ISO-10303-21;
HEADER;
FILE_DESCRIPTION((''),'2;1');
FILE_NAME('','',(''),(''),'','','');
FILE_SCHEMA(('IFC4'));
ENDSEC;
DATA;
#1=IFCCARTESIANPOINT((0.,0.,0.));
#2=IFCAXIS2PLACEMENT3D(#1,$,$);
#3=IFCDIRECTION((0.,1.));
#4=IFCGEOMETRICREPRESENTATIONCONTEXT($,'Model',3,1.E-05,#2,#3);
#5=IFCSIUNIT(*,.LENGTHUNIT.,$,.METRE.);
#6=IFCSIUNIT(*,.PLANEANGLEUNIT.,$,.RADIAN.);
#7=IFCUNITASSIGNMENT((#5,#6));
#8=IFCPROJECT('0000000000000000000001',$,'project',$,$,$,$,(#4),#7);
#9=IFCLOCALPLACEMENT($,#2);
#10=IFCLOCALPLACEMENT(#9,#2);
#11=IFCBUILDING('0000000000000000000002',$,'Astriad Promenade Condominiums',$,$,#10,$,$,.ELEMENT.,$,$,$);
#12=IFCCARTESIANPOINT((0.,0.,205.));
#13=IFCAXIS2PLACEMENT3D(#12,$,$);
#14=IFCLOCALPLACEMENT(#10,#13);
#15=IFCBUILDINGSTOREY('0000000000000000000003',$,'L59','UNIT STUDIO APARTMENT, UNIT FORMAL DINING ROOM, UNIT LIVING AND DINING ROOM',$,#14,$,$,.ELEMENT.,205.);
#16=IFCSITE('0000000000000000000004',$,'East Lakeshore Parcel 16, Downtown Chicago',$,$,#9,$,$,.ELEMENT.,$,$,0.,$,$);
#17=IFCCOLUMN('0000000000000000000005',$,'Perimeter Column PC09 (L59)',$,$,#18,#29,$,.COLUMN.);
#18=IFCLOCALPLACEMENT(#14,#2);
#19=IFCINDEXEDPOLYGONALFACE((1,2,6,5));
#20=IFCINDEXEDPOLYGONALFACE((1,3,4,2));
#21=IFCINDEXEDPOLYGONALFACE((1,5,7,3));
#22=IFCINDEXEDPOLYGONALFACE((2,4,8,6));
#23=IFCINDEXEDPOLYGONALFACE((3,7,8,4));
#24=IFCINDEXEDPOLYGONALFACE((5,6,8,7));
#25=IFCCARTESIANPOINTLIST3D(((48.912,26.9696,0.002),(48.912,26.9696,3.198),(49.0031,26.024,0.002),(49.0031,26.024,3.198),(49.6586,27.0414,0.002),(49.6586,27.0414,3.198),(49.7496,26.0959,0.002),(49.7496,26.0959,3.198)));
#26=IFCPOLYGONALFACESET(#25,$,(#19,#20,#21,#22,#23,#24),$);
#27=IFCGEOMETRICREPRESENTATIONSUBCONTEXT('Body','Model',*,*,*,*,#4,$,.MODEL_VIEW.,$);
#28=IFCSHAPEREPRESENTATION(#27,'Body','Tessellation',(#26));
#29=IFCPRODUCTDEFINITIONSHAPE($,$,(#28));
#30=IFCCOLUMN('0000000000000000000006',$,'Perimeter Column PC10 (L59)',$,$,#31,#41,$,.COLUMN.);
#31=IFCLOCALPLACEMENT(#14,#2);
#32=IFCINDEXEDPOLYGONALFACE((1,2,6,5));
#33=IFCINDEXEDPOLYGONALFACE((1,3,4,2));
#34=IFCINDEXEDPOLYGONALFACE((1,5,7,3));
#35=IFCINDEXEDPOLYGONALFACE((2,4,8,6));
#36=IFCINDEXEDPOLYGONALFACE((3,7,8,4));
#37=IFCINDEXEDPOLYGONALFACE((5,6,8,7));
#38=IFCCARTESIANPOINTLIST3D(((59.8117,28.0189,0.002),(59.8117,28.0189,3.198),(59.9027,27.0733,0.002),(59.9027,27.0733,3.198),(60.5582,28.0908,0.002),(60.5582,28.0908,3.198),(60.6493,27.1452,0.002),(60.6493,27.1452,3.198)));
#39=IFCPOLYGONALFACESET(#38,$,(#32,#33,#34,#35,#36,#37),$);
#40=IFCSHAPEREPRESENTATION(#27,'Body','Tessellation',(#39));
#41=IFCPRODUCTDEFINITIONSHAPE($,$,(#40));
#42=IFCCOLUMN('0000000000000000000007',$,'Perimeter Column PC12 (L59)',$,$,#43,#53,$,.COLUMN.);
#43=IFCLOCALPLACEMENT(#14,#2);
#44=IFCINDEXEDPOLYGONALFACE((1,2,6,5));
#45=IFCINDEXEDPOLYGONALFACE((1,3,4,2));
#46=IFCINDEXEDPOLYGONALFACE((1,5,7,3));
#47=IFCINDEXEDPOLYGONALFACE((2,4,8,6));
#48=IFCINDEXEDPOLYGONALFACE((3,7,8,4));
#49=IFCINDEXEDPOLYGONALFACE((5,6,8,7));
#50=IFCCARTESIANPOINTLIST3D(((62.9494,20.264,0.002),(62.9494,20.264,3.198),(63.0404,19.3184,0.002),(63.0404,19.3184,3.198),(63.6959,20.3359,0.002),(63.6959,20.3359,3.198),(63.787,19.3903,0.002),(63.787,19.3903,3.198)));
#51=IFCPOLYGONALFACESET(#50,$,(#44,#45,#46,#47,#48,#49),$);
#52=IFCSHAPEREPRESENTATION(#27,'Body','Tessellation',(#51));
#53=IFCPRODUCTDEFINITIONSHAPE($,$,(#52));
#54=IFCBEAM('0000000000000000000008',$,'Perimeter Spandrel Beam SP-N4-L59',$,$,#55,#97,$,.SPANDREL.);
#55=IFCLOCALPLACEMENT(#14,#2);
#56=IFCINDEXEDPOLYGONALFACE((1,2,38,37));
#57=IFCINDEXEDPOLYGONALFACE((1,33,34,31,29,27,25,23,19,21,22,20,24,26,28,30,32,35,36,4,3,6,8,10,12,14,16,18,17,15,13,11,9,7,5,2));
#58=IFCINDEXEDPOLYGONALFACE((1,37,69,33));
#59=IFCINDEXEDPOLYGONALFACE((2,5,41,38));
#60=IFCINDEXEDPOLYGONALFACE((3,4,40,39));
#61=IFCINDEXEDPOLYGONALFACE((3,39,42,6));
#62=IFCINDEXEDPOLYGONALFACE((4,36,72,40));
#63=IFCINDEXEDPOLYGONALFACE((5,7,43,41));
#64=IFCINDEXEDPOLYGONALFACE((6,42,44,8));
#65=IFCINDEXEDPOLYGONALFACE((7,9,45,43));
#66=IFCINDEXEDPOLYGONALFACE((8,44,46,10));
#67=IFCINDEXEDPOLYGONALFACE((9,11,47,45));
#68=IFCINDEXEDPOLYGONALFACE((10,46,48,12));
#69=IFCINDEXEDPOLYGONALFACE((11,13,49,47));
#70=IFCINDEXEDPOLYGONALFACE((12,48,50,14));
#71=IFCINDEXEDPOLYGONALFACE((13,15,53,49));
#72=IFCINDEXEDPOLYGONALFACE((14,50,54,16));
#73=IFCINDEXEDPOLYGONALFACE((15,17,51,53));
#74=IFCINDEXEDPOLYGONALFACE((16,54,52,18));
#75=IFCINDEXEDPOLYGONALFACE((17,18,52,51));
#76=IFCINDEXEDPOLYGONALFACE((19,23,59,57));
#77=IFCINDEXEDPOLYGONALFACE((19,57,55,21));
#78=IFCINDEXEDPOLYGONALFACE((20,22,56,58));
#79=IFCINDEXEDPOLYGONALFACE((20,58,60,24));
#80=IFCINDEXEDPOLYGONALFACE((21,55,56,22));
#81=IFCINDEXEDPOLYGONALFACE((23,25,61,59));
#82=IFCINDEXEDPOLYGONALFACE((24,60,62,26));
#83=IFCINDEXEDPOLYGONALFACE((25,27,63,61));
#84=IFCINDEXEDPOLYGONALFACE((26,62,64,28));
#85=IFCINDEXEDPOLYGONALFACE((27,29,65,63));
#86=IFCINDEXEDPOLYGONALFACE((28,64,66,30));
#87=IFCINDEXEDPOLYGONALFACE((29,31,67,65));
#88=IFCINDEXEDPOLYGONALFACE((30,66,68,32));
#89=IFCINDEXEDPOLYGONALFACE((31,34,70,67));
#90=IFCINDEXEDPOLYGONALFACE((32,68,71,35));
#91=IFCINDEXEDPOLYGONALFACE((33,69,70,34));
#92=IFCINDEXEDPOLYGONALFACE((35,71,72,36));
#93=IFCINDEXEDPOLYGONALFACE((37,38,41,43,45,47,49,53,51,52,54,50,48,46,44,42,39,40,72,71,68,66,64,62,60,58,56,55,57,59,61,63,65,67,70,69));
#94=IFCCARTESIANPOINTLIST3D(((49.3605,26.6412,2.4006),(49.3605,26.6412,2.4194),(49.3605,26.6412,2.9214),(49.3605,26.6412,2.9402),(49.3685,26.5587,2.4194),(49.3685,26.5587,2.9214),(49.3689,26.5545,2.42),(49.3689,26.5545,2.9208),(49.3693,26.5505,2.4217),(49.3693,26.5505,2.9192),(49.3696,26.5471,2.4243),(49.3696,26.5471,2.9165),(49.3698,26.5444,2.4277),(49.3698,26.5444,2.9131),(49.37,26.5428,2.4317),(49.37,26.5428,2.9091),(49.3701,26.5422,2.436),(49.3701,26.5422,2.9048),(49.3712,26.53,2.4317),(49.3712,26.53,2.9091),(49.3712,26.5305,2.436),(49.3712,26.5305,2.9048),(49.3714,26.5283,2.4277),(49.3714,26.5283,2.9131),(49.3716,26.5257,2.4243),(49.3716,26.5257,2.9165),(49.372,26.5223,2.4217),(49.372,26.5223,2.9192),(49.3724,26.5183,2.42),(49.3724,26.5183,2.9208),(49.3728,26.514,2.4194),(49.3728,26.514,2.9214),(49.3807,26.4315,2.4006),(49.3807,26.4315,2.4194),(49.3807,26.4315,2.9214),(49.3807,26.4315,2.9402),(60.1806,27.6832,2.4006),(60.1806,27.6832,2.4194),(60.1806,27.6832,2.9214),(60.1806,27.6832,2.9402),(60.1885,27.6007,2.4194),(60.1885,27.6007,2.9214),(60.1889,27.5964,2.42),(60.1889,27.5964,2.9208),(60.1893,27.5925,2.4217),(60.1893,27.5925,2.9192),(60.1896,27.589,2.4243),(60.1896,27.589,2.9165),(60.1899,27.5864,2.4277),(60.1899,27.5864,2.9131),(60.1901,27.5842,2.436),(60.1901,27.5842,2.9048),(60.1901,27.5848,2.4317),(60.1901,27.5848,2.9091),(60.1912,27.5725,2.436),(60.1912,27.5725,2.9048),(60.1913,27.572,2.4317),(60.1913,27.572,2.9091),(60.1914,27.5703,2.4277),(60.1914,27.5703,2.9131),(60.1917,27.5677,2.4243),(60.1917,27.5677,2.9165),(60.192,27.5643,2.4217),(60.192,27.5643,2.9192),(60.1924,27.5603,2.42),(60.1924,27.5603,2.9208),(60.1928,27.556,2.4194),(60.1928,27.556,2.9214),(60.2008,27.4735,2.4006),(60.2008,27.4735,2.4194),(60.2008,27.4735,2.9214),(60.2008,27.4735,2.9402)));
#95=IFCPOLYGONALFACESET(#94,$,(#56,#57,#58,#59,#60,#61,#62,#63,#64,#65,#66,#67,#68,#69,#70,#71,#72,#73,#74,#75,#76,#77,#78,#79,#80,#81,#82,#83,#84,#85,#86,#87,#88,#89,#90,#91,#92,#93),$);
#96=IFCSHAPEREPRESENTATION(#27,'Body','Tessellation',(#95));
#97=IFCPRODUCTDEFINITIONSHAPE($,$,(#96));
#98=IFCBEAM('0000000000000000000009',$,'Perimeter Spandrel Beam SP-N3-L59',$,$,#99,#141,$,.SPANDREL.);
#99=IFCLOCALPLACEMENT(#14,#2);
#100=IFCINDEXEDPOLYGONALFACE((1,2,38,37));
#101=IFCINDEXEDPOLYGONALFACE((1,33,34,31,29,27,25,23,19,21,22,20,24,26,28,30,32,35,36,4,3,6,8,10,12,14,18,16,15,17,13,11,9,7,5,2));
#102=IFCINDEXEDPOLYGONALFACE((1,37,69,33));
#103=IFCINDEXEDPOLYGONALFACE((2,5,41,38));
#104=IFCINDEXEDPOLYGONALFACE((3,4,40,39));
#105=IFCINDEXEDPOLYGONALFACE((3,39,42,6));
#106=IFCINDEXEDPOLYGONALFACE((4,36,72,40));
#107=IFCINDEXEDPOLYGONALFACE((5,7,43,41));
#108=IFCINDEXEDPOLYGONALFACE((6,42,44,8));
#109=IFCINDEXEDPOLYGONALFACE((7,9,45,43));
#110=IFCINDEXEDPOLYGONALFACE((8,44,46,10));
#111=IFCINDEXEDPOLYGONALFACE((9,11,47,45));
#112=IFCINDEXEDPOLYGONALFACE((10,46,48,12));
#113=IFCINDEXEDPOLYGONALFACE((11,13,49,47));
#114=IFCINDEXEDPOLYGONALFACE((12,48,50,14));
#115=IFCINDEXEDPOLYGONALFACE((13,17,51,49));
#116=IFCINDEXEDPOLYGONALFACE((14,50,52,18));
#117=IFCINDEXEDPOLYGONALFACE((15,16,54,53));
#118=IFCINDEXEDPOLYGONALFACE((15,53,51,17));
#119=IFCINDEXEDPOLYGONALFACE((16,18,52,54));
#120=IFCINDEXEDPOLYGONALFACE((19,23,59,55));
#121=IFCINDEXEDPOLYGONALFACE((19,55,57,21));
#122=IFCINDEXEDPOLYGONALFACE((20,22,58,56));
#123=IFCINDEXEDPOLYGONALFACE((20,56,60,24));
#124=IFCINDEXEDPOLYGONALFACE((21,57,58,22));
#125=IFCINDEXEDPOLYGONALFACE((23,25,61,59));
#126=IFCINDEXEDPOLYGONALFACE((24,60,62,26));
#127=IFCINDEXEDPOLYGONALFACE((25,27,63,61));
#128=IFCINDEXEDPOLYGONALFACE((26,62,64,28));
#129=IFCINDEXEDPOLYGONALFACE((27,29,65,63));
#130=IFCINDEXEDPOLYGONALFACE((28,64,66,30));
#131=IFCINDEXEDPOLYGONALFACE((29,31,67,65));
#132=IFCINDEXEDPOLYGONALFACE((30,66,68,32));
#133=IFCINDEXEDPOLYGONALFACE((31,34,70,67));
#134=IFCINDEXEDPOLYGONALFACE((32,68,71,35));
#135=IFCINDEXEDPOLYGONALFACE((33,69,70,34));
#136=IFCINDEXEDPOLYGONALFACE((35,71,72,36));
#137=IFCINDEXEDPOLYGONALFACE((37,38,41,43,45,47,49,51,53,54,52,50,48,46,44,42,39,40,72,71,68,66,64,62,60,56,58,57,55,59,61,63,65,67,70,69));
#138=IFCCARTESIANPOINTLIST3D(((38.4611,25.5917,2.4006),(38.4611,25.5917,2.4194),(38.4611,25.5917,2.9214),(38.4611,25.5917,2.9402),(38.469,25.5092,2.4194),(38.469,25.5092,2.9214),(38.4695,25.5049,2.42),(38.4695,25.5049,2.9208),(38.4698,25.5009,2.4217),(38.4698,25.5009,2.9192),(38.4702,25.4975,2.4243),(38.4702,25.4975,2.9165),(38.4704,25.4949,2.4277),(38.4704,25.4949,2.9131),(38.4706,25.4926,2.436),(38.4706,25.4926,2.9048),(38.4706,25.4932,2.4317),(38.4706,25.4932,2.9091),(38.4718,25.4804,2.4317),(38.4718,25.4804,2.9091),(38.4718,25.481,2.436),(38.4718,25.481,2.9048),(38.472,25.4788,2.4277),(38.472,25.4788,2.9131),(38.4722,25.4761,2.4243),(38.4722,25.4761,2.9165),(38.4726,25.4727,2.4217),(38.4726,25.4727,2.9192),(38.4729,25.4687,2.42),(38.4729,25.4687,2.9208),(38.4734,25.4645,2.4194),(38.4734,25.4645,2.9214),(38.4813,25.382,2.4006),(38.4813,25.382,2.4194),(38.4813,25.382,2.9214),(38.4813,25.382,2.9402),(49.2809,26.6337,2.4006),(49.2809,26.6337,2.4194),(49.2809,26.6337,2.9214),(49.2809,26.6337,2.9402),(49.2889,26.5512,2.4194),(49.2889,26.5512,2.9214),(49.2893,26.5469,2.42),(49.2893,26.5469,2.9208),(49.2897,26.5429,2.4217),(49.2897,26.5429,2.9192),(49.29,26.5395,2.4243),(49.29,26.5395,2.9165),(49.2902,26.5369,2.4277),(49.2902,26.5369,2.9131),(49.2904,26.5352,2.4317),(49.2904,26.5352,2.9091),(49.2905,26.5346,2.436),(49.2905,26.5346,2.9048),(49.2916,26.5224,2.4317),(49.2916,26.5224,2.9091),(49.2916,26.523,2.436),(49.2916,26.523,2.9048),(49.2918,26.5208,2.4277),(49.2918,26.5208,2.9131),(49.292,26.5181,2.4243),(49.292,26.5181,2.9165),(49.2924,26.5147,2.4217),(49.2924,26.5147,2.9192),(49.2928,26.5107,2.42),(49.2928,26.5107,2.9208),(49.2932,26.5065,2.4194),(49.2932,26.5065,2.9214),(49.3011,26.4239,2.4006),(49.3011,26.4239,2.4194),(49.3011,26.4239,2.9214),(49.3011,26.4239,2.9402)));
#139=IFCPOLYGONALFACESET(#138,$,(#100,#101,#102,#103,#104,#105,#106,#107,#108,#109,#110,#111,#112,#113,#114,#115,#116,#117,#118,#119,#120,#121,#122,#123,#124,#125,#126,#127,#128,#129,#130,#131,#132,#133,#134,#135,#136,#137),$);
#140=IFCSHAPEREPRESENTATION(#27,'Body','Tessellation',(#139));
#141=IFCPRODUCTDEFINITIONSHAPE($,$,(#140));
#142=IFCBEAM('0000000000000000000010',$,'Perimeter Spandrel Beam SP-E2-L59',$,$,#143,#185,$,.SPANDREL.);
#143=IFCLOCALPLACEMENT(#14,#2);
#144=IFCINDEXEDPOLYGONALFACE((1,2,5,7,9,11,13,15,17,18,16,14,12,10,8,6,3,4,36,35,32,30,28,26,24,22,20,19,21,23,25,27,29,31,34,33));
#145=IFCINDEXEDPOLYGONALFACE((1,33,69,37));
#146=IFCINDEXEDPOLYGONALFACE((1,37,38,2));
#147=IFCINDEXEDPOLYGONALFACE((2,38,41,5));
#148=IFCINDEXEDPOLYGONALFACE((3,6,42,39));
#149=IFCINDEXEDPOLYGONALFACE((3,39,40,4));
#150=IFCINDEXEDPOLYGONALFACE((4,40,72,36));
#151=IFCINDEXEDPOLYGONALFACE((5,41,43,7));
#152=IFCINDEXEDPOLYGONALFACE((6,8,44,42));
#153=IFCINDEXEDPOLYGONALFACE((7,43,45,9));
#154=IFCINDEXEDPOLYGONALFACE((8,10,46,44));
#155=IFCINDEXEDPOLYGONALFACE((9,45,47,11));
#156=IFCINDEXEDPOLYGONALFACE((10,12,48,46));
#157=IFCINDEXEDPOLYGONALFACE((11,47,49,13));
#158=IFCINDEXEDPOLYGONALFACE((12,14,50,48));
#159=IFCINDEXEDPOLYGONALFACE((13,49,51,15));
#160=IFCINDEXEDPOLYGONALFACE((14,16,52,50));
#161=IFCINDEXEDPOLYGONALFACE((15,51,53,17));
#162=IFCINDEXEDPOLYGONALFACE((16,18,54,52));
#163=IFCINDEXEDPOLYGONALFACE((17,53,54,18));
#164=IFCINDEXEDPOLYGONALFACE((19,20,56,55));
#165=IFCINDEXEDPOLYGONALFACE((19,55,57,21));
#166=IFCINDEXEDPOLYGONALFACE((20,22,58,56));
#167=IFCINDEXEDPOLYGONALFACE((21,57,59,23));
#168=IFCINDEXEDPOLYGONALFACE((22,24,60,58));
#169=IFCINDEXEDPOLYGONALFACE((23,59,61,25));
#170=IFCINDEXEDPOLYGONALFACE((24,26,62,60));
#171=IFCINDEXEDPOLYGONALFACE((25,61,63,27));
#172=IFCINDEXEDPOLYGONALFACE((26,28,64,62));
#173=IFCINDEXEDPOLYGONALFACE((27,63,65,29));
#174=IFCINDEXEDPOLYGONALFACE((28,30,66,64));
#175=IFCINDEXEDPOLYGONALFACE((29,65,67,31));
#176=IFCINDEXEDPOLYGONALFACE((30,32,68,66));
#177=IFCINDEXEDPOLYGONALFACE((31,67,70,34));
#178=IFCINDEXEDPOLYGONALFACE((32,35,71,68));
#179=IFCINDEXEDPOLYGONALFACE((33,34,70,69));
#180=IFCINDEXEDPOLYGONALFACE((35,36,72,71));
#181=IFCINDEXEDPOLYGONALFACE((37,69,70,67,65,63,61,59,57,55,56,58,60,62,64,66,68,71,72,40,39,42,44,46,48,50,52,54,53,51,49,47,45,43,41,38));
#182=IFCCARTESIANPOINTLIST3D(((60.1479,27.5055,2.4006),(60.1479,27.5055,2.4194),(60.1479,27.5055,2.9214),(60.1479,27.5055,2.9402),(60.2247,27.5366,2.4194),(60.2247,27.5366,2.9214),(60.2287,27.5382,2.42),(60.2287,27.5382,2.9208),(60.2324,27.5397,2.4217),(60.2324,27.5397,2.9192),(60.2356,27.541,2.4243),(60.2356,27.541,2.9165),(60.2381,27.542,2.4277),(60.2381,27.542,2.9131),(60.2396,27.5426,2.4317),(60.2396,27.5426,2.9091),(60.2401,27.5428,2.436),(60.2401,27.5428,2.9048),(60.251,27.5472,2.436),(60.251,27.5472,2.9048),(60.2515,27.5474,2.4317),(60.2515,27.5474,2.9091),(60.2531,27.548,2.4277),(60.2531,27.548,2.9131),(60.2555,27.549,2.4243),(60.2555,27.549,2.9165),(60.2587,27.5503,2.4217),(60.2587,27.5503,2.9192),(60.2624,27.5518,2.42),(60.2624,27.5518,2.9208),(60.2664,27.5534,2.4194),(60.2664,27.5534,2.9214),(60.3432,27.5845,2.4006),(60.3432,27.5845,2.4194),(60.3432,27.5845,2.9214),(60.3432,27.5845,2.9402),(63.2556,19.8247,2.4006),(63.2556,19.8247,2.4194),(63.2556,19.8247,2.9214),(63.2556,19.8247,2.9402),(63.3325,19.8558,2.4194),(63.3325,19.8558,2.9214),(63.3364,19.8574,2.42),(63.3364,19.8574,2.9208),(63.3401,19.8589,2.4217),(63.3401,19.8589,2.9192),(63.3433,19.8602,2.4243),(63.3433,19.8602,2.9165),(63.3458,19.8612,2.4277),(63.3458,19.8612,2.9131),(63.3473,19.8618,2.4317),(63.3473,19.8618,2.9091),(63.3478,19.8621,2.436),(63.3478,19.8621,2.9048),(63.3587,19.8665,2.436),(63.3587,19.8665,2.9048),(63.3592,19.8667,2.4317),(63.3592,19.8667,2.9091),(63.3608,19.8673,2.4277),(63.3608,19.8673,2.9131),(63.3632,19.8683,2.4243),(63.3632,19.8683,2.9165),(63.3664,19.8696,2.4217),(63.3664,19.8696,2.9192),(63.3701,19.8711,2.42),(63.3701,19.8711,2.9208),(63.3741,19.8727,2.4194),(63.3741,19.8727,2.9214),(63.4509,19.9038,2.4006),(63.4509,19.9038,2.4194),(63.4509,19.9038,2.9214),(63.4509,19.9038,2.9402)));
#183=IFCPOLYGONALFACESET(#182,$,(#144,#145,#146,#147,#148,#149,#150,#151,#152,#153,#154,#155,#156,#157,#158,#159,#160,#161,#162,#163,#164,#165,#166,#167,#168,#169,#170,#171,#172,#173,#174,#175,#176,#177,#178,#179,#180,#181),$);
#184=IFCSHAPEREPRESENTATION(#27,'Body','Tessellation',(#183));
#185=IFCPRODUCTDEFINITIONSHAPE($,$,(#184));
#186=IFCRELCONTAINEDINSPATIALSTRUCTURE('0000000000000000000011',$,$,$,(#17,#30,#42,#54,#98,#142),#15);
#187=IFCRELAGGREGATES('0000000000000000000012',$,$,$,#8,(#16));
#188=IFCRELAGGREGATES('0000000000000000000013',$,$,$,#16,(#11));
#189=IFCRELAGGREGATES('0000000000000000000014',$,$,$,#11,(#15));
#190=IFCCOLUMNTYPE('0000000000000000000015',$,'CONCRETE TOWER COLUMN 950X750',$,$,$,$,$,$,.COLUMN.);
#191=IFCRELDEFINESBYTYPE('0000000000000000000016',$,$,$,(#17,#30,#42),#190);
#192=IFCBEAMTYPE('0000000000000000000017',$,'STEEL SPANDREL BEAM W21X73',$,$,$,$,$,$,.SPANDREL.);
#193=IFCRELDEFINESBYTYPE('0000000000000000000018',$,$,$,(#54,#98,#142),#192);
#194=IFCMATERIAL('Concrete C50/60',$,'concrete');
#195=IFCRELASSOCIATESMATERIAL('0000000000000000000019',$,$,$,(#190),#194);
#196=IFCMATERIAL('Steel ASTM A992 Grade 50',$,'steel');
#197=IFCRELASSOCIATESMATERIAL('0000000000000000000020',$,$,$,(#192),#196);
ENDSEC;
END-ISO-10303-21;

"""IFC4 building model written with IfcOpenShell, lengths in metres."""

from ifc_helpers import new_model, si_unit, direction, frame, origin, origin_2d, place, context, subcontext, project, spatial, rectangle, i_section, extrude, source, transform, mapped, material, material_profile, profile_set, type_object, type_shapes, element, save


model = new_model("IFC4")

# Units and contexts
model_context = context("Model", 3, precision=1e-05, world=origin(), true_north=direction((0.0, 1.0)))
body_context = subcontext(model_context, "Body", "Model", "MODEL_VIEW")
ifc_project = project(units=[si_unit("LENGTHUNIT", "METRE"), si_unit("PLANEANGLEUNIT", "RADIAN")], contexts=[model_context])

# Site, building, storey
site_placement = place(None, origin())
site = spatial("IfcSite", under=ifc_project, at=site_placement, Name="East Lakeshore Parcel 16, Downtown Chicago", CompositionType="ELEMENT", RefElevation=0.0)
building_placement = place(site_placement, origin())
building = spatial("IfcBuilding", under=site, at=building_placement, Name="Astriad Promenade Condominiums", CompositionType="ELEMENT")
storey_placement = place(building_placement, frame((0.0, 0.0, 205.0)))
storey = spatial("IfcBuildingStorey", under=building, at=storey_placement, Name="L59", Description="UNIT STUDIO APARTMENT, UNIT FORMAL DINING ROOM, UNIT LIVING AND DINING ROOM", CompositionType="ELEMENT", Elevation=205.0)

# Columns
ifc_material_1 = material(Name="Concrete C50/60", Category="concrete")
ifc_material_profile_1 = material_profile(ifc_material_1, rectangle(XDim=0.75, YDim=0.95, at=origin_2d()), Name="RC-COL-950X750")
ifc_profile_set_1 = profile_set([ifc_material_profile_1], Name="Concrete C50/60")
column_type = type_object("IfcColumnType", Name="CONCRETE TOWER COLUMN 950X750", PredefinedType="COLUMN", material=ifc_profile_set_1)
shared_shape_1 = source(origin(), body_context, "Body", "SweptSolid", [
    extrude(rectangle(XDim=0.75, YDim=0.95, at=origin_2d()), origin(), (0.0, 0.0, 1.0), 3.196),
])
type_shapes(column_type, [shared_shape_1])
for number, where, z_axis, x_axis, name in (
    (1, (49.3308, 26.5327, 0.002), (0.0, 0.0, 1.0), (0.995396, 0.095846, 0.0), "Perimeter Column PC09 (L59)"),
    (2, (60.2305, 27.582, 0.002), (0.0, 0.0, 1.0), (0.995396, 0.095846, 0.0), "Perimeter Column PC10 (L59)"),
    (3, (63.3682, 19.8271, 0.002), (0.0, 0.0, 1.0), (0.995396, 0.095846, 0.0), "Perimeter Column PC12 (L59)"),
):
    element("IfcColumn", number, at=place(storey_placement, frame(where, z_axis=z_axis, x_axis=x_axis)), inside=storey, type_object=column_type, Name=name, PredefinedType="COLUMN", context=body_context, shape_type="MappedRepresentation", body=[
        mapped(shared_shape_1, transform((0.0, 0.0, 0.0), scale=1.0)),
    ])

# Beams
ifc_material_2 = material(Name="Steel ASTM A992 Grade 50", Category="steel")
ifc_material_profile_2 = material_profile(ifc_material_2, i_section(OverallWidth=0.2107, OverallDepth=0.5396, WebThickness=0.0117, FlangeThickness=0.0188, FilletRadius=0.0166, at=origin_2d()), Name="W21X73")
ifc_profile_set_2 = profile_set([ifc_material_profile_2], Name="Steel ASTM A992 Grade 50")
beam_type_1 = type_object("IfcBeamType", Name="STEEL SPANDREL BEAM W21X73", PredefinedType="SPANDREL", material=ifc_profile_set_2)
shared_shape_2 = source(origin(), body_context, "Body", "SweptSolid", [
    extrude(i_section(OverallWidth=0.2107, OverallDepth=0.5396, WebThickness=0.0117, FlangeThickness=0.0188, FilletRadius=0.0166, at=origin_2d()), origin(), (0.0, 0.0, 1.0), 10.8701),
])
beam_1_placement = place(storey_placement, frame((60.1907, 27.5784, 2.6704), z_axis=(-0.995395, -0.095858, 0.0), x_axis=(0.095858, -0.995395, 0.0)))
element("IfcBeam", 4, at=beam_1_placement, inside=storey, type_object=beam_type_1, Name="Perimeter Spandrel Beam SP-N4-L59", PredefinedType="SPANDREL", context=body_context, shape_type="MappedRepresentation", body=[
    mapped(shared_shape_2, transform((0.0, 0.0, 0.0), scale=1.0)),
])
shared_shape_3 = source(origin(), body_context, "Body", "SweptSolid", [
    extrude(i_section(OverallWidth=0.2107, OverallDepth=0.5396, WebThickness=0.0117, FlangeThickness=0.0188, FilletRadius=0.0166, at=origin_2d()), origin(), (0.0, 0.0, 1.0), 10.8699),
])
beam_2_placement = place(storey_placement, frame((49.291, 26.5288, 2.6704), z_axis=(-0.995395, -0.09586, 0.0), x_axis=(0.09586, -0.995395, 0.0)))
element("IfcBeam", 5, at=beam_2_placement, inside=storey, type_object=beam_type_1, Name="Perimeter Spandrel Beam SP-N3-L59", PredefinedType="SPANDREL", context=body_context, shape_type="MappedRepresentation", body=[
    mapped(shared_shape_3, transform((0.0, 0.0, 0.0), scale=1.0)),
])
shared_shape_4 = source(origin(), body_context, "Body", "SweptSolid", [
    extrude(i_section(OverallWidth=0.2107, OverallDepth=0.5396, WebThickness=0.0117, FlangeThickness=0.0188, FilletRadius=0.0166, at=origin_2d()), origin(), (0.0, 0.0, 1.0), 8.2856),
])
type_shapes(beam_type_1, [shared_shape_2, shared_shape_3, shared_shape_4])
beam_3_placement = place(storey_placement, frame((63.3533, 19.8643, 2.6704), z_axis=(-0.375071, 0.926996, 0.0), x_axis=(-0.926996, -0.375071, 0.0)))
element("IfcBeam", 6, at=beam_3_placement, inside=storey, type_object=beam_type_1, Name="Perimeter Spandrel Beam SP-E2-L59", PredefinedType="SPANDREL", context=body_context, shape_type="MappedRepresentation", body=[
    mapped(shared_shape_4, transform((0.0, 0.0, 0.0), scale=1.0)),
])

save(model, "model.ifc")
